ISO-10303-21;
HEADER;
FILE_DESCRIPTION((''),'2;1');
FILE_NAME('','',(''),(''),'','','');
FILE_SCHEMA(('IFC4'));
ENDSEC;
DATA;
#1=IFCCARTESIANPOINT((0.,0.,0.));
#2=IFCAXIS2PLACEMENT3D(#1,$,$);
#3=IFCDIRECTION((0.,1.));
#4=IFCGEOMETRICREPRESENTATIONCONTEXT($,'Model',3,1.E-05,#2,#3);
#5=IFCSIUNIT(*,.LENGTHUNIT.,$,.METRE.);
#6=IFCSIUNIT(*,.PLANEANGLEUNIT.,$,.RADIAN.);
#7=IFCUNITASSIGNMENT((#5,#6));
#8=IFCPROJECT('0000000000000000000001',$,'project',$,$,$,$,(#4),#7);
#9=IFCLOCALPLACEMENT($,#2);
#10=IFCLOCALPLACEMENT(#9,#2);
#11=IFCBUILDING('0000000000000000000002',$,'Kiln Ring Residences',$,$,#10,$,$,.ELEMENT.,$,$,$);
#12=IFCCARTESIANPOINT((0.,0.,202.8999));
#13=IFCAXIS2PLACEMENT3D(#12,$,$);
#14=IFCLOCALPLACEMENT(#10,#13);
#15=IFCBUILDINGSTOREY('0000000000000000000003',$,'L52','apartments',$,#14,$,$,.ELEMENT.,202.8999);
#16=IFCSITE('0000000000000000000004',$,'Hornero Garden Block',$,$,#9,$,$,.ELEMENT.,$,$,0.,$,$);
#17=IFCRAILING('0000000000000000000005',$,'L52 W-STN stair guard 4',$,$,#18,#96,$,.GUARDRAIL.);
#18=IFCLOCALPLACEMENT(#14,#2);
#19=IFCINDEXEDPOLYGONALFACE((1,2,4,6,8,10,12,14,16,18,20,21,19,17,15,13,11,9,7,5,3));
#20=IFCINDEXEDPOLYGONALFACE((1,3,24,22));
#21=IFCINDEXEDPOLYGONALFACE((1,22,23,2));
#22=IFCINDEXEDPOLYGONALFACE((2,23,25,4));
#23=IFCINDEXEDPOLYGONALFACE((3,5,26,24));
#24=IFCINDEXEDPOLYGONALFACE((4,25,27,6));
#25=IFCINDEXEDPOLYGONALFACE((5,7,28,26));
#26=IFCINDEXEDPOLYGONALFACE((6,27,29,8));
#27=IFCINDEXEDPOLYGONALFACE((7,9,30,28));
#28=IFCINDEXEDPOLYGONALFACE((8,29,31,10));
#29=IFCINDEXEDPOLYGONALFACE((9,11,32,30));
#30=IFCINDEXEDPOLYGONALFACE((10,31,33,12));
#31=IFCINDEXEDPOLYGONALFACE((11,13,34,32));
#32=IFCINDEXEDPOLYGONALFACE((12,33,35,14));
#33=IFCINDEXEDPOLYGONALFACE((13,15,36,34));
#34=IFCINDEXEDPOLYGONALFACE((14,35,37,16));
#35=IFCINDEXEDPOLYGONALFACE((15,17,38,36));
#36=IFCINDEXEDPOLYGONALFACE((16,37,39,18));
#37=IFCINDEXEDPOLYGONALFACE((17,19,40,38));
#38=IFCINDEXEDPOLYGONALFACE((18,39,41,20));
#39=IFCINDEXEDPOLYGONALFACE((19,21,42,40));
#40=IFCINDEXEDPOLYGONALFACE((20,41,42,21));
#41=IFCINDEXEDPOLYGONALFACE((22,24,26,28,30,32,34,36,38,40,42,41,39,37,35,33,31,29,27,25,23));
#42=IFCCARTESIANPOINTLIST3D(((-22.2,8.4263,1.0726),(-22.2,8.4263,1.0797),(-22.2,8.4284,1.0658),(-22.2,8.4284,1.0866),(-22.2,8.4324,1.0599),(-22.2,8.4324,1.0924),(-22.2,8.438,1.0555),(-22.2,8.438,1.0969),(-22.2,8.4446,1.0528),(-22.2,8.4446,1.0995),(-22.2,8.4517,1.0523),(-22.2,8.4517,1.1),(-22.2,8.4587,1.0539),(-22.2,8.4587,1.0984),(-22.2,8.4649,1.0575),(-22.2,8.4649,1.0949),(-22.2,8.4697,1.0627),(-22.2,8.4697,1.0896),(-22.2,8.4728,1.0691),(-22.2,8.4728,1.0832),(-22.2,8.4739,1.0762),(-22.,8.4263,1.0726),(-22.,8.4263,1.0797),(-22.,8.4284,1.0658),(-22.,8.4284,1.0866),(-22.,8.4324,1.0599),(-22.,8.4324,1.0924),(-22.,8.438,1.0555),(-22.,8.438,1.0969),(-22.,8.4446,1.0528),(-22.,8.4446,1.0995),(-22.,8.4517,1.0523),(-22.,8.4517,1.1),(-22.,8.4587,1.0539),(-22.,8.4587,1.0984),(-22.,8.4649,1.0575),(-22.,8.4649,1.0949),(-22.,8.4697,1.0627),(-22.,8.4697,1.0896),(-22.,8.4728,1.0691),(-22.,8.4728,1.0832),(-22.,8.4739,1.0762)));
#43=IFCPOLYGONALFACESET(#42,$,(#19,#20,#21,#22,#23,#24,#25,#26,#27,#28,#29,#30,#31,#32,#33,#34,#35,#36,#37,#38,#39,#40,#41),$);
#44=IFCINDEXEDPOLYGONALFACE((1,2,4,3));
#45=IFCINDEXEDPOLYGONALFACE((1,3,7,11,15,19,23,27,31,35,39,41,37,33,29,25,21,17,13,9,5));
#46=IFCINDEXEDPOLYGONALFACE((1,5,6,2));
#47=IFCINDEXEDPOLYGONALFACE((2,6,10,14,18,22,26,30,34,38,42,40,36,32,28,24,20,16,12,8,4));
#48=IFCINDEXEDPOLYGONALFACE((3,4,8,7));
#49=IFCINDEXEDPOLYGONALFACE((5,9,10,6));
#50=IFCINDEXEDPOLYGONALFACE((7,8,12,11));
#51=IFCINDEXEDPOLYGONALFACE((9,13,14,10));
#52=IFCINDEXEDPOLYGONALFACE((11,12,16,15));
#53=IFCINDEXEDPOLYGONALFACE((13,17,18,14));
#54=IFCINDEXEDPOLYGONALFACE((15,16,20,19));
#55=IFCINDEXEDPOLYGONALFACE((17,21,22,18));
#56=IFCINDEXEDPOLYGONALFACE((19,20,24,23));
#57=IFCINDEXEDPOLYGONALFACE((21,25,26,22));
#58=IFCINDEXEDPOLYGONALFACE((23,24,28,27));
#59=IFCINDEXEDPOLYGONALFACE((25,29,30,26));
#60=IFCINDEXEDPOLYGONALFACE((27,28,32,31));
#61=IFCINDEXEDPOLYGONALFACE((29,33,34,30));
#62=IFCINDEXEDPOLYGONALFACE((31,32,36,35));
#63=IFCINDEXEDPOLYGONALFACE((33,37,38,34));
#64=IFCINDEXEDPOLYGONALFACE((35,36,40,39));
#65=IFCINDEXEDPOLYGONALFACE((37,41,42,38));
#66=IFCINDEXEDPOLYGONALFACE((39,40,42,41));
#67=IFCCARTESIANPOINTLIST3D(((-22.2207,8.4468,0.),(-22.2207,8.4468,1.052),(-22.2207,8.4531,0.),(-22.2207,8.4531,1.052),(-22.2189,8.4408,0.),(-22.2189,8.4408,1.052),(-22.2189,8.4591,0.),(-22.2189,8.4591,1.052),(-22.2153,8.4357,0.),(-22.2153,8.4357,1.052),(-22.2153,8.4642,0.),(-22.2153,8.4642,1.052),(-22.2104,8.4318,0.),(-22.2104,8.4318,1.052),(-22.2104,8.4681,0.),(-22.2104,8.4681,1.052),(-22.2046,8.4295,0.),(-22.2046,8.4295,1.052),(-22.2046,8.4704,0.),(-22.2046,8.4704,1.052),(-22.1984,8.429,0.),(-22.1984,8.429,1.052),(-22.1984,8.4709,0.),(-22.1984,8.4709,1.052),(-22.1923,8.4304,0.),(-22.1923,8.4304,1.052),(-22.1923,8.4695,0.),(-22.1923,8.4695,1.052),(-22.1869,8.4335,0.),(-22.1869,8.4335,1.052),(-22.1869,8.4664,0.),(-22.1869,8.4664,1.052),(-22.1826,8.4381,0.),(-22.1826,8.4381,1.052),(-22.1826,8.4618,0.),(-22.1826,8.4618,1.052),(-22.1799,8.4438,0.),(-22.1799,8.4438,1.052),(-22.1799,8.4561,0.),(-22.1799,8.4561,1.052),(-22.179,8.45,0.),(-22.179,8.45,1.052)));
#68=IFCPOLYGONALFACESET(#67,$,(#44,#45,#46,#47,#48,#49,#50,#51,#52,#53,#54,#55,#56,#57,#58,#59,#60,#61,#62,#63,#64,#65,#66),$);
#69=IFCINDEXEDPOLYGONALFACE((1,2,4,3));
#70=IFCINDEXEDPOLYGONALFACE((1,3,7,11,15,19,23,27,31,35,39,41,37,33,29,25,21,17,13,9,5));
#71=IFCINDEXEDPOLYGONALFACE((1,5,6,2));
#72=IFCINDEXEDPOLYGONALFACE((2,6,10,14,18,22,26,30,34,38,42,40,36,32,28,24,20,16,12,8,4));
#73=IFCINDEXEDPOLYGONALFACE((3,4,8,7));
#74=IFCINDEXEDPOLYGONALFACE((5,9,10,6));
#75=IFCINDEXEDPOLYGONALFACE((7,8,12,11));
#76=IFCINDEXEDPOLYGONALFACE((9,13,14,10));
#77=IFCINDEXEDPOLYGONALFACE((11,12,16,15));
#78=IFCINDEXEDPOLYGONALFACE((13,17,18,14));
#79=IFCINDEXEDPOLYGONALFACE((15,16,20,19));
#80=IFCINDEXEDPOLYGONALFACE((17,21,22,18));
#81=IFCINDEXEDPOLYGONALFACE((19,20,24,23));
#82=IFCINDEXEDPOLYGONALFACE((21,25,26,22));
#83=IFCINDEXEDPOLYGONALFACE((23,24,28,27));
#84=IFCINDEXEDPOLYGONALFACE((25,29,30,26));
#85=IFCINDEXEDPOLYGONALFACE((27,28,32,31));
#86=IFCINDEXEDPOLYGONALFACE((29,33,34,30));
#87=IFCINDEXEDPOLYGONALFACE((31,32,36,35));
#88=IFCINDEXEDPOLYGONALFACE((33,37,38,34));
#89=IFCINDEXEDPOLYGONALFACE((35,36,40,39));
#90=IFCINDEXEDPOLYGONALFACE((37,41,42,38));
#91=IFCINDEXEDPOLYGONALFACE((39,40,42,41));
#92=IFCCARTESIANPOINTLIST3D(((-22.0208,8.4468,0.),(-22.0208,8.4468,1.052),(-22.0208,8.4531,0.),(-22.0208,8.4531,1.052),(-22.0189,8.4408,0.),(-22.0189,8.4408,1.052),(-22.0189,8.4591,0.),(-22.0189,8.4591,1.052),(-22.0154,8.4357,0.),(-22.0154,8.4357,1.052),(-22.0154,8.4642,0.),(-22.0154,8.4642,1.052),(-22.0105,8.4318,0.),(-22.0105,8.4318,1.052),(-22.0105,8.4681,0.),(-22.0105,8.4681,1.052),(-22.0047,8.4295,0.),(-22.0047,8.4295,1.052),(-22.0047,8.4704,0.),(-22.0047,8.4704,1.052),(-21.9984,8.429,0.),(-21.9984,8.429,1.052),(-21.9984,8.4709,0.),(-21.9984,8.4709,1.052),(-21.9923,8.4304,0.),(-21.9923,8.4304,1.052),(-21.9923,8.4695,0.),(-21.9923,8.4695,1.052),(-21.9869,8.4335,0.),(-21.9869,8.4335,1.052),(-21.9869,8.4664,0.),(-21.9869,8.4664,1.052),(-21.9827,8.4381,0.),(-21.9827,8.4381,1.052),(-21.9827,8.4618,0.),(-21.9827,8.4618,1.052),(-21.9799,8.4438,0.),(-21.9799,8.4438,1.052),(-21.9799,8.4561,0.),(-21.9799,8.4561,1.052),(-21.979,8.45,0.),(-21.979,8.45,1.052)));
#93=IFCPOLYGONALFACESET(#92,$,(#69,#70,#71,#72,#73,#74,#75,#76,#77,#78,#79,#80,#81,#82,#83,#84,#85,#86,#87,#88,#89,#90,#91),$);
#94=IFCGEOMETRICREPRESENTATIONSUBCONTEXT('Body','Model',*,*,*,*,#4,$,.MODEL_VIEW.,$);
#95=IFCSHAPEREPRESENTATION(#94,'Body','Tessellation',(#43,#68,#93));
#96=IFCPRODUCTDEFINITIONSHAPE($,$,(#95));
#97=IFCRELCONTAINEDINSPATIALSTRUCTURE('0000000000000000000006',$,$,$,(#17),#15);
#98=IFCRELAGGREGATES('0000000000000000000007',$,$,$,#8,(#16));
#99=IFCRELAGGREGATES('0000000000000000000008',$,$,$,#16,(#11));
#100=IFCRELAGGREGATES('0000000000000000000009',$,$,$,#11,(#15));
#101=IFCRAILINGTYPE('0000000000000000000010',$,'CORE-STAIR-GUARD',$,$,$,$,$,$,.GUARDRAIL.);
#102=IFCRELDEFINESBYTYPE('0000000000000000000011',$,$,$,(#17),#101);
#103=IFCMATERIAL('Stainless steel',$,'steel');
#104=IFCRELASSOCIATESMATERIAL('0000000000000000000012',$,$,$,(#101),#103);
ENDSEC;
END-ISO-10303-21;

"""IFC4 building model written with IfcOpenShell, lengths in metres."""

from ifc_helpers import new_model, si_unit, direction, frame, origin, origin_2d, place, context, subcontext, project, spatial, circle, extrude, material, type_object, element, save


model = new_model("IFC4")

# Units and contexts
model_context = context("Model", 3, precision=1e-05, world=origin(), true_north=direction((0.0, 1.0)))
body_context = subcontext(model_context, "Body", "Model", "MODEL_VIEW")
ifc_project = project(units=[si_unit("LENGTHUNIT", "METRE"), si_unit("PLANEANGLEUNIT", "RADIAN")], contexts=[model_context])

# Site, building, storey
site_placement = place(None, origin())
site = spatial("IfcSite", under=ifc_project, at=site_placement, Name="Hornero Garden Block", CompositionType="ELEMENT", RefElevation=0.0)
building_placement = place(site_placement, origin())
building = spatial("IfcBuilding", under=site, at=building_placement, Name="Kiln Ring Residences", CompositionType="ELEMENT")
storey_placement = place(building_placement, frame((0.0, 0.0, 202.8999)))
storey = spatial("IfcBuildingStorey", under=building, at=storey_placement, Name="L52", Description="apartments", CompositionType="ELEMENT", Elevation=202.8999)

# Railing
ifc_material_1 = material(Name="Stainless steel", Category="steel")
railing_type_1 = type_object("IfcRailingType", Name="CORE-STAIR-GUARD", PredefinedType="GUARDRAIL", material=ifc_material_1)
railing_1_placement = place(storey_placement, frame((-22.2, 8.45, 0.0)))
element("IfcRailing", 1, at=railing_1_placement, inside=storey, type_object=railing_type_1, Name="L52 W-STN stair guard 4", PredefinedType="GUARDRAIL", context=body_context, shape_type="SweptSolid", body=[
    extrude(circle(Radius=0.0239, at=origin_2d()), frame((0.0, 0.0, 1.0762), z_axis=(1.0, 0.0, 0.0), x_axis=(0.0, 1.0, 0.0)), (0.0, 0.0, 1.0), 0.2),
    extrude(circle(Radius=0.021, at=origin_2d()), origin(), (0.0, 0.0, 1.0), 1.052),
    extrude(circle(Radius=0.021, at=origin_2d()), frame((0.2, 0.0, 0.0)), (0.0, 0.0, 1.0), 1.052),
])

save(model, "model.ifc")
